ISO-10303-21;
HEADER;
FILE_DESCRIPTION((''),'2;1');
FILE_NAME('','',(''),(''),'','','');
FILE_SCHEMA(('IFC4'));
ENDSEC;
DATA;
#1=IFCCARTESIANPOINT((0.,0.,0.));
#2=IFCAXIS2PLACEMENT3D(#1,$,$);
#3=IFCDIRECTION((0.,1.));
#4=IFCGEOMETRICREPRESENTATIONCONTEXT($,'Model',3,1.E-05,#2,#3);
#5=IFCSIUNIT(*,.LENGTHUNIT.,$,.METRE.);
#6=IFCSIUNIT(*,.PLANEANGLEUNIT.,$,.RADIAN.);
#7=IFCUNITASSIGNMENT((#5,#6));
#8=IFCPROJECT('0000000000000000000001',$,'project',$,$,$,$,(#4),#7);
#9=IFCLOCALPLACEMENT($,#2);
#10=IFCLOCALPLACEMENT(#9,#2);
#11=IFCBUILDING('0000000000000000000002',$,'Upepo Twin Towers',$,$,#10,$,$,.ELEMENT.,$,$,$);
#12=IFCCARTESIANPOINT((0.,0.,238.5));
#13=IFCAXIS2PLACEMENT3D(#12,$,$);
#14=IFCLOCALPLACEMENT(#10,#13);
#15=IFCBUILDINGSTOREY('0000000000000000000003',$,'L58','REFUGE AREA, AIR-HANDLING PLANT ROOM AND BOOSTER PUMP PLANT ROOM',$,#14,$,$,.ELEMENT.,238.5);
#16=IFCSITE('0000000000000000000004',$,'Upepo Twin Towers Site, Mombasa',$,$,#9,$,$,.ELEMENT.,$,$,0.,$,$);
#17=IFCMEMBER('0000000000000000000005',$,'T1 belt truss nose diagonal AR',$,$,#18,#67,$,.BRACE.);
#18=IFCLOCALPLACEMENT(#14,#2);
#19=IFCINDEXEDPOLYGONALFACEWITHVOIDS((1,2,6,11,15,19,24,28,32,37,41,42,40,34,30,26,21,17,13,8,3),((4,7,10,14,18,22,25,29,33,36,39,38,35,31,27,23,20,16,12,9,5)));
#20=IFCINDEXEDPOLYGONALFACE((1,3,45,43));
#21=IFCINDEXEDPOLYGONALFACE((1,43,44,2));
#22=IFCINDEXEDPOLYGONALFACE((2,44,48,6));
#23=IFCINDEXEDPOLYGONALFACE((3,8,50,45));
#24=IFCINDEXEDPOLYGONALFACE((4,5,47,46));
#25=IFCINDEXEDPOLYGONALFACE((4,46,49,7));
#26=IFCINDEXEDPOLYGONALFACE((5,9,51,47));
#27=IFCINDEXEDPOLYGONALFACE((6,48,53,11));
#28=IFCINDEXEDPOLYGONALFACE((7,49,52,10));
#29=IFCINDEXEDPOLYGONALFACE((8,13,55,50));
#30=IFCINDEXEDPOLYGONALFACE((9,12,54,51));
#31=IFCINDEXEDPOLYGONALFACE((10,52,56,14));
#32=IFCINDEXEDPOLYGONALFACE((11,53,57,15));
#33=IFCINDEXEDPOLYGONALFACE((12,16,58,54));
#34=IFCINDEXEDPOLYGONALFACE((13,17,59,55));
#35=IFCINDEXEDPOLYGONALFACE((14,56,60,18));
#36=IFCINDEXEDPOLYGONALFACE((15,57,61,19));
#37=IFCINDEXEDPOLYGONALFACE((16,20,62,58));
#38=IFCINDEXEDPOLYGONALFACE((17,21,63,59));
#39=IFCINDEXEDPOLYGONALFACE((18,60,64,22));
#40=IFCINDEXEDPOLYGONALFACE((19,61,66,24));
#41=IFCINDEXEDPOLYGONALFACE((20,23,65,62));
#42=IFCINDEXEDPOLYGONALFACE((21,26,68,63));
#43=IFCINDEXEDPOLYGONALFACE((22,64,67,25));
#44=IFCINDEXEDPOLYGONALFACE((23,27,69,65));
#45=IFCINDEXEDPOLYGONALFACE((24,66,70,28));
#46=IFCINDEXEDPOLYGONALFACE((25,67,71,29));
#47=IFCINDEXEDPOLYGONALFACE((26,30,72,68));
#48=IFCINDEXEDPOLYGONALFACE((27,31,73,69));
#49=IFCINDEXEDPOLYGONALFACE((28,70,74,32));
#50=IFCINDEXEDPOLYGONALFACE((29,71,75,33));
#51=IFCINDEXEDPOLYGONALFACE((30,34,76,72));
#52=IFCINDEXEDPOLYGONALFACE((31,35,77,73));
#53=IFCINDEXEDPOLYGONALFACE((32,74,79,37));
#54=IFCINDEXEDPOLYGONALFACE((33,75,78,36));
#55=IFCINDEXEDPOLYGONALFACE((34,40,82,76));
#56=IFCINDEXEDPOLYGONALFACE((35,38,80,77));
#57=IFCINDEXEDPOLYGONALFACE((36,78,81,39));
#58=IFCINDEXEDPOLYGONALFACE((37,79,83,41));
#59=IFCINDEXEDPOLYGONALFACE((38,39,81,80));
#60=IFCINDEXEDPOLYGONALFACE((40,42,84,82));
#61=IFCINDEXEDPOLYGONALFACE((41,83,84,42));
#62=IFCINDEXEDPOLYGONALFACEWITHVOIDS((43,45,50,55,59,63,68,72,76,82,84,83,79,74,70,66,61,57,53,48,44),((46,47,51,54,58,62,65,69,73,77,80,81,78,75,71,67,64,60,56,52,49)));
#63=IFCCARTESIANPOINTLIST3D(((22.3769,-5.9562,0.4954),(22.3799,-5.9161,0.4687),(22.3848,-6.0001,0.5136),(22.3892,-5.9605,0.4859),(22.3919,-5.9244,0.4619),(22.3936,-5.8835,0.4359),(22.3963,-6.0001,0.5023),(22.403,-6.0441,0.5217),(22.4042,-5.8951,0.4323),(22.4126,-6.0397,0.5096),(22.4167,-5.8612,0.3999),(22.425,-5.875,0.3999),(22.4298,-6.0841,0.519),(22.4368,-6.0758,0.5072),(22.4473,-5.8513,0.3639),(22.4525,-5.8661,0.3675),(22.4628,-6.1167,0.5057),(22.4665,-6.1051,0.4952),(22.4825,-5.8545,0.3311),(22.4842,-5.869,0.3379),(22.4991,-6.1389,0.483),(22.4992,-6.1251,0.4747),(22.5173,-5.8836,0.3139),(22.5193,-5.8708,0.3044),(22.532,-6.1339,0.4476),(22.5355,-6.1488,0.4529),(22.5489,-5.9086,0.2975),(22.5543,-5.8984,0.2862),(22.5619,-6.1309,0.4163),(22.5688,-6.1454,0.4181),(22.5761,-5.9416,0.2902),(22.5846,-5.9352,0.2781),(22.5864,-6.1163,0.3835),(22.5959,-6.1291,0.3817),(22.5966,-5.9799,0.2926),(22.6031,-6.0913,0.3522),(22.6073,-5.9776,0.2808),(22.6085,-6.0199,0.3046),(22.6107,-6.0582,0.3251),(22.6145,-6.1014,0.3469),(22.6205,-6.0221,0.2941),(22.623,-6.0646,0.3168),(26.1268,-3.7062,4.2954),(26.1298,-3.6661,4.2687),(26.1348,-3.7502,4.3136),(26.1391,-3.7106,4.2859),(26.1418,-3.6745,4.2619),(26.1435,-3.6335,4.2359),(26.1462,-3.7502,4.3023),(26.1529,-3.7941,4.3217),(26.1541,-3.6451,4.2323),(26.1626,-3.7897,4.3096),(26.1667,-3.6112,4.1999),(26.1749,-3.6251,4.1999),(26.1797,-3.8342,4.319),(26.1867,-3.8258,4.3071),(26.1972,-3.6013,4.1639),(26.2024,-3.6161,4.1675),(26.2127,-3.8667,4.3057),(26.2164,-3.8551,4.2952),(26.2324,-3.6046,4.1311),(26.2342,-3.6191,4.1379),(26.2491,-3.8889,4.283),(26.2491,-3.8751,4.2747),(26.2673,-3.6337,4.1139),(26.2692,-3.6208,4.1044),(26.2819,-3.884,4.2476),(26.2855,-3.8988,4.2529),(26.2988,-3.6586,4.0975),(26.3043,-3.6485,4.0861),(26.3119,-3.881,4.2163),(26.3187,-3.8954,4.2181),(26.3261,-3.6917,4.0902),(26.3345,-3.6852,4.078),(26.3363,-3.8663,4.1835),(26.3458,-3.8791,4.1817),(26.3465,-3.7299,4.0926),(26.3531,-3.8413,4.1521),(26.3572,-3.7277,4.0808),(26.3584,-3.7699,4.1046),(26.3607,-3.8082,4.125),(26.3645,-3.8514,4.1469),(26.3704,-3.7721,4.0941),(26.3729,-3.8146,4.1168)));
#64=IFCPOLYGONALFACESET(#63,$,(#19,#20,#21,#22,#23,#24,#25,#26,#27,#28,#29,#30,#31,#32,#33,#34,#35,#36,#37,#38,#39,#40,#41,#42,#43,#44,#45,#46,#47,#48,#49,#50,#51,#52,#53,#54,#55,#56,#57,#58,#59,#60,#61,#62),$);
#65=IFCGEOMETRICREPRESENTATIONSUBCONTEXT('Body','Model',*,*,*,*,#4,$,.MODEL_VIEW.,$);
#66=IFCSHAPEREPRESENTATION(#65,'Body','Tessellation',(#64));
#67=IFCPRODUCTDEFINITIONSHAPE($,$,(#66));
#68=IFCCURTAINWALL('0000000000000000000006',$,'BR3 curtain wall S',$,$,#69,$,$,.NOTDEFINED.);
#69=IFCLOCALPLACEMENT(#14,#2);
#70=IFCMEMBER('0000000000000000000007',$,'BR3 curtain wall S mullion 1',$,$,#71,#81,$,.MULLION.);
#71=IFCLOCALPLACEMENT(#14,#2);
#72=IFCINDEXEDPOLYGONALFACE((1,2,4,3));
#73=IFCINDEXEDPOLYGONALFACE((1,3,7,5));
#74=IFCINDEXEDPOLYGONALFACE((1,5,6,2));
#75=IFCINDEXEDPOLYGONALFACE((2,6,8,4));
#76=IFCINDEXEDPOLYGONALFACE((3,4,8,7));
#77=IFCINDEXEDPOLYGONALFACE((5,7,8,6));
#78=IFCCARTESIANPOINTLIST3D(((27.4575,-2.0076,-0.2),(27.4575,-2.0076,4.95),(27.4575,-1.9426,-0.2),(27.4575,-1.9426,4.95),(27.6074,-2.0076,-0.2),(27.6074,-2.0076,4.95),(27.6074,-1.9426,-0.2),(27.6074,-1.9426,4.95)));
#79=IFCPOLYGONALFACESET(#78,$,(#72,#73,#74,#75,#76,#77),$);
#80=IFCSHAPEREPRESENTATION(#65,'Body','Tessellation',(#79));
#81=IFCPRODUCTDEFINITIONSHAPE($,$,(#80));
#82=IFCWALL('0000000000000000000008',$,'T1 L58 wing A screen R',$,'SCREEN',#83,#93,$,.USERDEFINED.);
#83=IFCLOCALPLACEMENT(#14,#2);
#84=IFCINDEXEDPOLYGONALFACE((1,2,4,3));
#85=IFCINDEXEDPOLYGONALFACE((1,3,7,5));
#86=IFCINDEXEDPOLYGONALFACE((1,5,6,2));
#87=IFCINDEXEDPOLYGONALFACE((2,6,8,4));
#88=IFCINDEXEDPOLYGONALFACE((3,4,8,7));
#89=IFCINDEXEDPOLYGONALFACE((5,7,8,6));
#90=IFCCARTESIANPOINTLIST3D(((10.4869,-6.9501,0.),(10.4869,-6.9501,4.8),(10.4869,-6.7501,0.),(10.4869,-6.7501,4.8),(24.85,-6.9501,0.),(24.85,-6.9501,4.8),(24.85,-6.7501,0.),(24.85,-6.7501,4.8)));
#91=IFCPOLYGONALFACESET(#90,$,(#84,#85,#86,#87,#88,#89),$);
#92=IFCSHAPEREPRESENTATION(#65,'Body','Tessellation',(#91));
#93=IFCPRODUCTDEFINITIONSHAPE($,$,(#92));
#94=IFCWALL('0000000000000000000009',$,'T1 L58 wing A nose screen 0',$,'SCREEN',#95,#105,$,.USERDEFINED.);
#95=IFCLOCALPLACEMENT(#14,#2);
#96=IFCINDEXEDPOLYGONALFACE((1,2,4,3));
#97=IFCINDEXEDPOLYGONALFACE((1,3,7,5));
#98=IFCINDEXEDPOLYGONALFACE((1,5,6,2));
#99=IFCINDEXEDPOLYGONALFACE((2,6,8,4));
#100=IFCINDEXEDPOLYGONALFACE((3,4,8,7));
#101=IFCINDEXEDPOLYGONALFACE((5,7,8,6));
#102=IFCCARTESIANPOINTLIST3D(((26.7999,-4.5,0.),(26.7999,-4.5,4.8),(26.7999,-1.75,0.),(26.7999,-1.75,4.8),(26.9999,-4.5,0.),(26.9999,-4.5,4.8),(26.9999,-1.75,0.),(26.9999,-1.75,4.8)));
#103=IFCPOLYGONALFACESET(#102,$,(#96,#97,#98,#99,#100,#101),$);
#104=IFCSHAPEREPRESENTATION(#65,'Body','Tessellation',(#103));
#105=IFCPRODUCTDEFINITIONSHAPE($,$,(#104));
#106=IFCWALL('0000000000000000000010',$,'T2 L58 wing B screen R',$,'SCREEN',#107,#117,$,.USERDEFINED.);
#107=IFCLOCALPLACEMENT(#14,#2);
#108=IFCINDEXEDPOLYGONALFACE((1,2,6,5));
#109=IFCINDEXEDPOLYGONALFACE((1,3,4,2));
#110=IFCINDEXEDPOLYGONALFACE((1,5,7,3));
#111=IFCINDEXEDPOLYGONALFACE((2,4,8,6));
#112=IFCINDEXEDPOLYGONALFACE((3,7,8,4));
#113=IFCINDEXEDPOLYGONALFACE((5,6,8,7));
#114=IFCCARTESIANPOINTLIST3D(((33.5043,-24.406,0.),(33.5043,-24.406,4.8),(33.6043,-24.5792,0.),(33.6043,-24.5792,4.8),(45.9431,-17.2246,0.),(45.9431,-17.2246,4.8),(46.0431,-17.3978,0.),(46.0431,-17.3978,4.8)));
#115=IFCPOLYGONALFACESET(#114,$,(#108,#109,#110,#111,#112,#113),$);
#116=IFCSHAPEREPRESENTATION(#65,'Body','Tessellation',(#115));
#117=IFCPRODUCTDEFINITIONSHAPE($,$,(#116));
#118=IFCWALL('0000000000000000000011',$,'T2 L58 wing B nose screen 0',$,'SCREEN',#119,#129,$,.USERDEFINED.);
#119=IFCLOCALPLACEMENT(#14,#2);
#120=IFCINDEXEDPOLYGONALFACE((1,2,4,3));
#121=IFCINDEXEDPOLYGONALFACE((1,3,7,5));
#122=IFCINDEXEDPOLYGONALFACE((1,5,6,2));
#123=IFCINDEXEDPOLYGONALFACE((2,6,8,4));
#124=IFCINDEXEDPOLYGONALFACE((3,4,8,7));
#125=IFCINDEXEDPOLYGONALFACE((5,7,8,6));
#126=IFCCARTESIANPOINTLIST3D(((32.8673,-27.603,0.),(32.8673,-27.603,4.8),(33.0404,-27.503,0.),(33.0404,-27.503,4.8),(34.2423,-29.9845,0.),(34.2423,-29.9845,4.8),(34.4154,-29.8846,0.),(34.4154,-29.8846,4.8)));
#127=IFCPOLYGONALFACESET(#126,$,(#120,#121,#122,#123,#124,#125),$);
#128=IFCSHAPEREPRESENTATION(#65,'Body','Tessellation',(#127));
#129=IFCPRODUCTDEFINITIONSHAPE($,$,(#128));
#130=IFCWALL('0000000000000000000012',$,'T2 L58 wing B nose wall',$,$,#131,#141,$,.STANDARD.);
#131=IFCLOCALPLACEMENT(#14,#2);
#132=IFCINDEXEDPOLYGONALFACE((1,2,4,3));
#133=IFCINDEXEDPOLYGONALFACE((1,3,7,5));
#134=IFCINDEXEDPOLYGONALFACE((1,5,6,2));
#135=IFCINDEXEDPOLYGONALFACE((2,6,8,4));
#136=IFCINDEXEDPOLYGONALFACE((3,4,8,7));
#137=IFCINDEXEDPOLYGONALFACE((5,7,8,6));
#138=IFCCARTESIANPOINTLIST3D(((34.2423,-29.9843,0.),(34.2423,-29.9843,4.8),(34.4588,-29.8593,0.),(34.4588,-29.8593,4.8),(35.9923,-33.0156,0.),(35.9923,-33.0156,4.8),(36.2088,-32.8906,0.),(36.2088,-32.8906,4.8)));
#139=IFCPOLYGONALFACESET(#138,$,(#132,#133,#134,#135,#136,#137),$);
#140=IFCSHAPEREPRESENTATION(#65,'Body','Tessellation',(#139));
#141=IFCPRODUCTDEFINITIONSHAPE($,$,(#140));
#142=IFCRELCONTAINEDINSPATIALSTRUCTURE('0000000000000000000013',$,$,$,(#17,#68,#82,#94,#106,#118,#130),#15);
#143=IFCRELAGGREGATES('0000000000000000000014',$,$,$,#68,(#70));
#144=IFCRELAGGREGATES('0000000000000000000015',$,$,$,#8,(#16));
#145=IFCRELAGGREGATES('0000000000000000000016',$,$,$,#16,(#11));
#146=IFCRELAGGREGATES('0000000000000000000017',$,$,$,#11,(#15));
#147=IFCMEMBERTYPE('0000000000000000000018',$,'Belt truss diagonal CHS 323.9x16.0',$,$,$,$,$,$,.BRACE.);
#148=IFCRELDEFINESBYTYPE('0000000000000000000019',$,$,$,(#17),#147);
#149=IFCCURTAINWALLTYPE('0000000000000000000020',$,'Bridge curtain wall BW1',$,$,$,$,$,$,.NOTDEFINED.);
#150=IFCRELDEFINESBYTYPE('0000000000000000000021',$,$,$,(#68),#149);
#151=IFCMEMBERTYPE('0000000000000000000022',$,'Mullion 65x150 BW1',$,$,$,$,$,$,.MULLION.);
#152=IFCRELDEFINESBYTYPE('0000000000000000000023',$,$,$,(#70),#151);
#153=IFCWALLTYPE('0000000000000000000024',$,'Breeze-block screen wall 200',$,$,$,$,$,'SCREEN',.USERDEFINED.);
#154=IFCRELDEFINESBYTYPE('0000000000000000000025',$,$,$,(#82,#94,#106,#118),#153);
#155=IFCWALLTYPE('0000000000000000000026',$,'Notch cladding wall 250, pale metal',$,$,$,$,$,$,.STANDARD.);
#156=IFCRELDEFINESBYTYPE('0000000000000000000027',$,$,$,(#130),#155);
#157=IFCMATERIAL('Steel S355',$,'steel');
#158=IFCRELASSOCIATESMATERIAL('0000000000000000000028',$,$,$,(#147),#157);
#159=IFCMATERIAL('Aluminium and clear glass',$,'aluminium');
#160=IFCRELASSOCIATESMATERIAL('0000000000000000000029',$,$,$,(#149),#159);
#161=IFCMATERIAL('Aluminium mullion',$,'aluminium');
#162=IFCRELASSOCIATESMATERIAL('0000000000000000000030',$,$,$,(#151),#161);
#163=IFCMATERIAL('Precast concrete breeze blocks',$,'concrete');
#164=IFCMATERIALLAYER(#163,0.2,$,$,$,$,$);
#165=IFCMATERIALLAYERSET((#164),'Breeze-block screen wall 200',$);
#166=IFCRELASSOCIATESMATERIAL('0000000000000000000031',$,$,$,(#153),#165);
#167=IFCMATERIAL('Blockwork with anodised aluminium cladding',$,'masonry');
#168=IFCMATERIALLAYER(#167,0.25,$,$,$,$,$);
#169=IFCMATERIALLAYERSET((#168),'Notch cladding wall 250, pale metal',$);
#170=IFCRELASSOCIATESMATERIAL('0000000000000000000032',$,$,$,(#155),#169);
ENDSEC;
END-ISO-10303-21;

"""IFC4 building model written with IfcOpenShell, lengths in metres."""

from ifc_helpers import new_model, si_unit, direction, frame, frame_2d, origin, origin_2d, place, context, subcontext, project, spatial, rectangle, hollow_circle, extrude, material, layer, layer_set, material_profile, profile_set, type_object, element, aggregate, save


model = new_model("IFC4")

# Units and contexts
model_context = context("Model", 3, precision=1e-05, world=origin(), true_north=direction((0.0, 1.0)))
body_context = subcontext(model_context, "Body", "Model", "MODEL_VIEW")
ifc_project = project(units=[si_unit("LENGTHUNIT", "METRE"), si_unit("PLANEANGLEUNIT", "RADIAN")], contexts=[model_context])

# Site, building, storey
site_placement = place(None, origin())
site = spatial("IfcSite", under=ifc_project, at=site_placement, Name="Upepo Twin Towers Site, Mombasa", CompositionType="ELEMENT", RefElevation=0.0)
building_placement = place(site_placement, origin())
building = spatial("IfcBuilding", under=site, at=building_placement, Name="Upepo Twin Towers", CompositionType="ELEMENT")
storey_placement = place(building_placement, frame((0.0, 0.0, 238.5)))
storey = spatial("IfcBuildingStorey", under=building, at=storey_placement, Name="L58", Description="REFUGE AREA, AIR-HANDLING PLANT ROOM AND BOOSTER PUMP PLANT ROOM", CompositionType="ELEMENT", Elevation=238.5)

# Member
ifc_material_1 = material(Name="Steel S355", Category="steel")
ifc_material_profile_1 = material_profile(ifc_material_1, hollow_circle(Radius=0.1619, WallThickness=0.0161, at=origin_2d()), Name="CHS 323.9x16.0")
ifc_profile_set_1 = profile_set([ifc_material_profile_1], Name="Steel S355")
member_type_1 = type_object("IfcMemberType", Name="Belt truss diagonal CHS 323.9x16.0", PredefinedType="BRACE", material=ifc_profile_set_1)
member_1_placement = place(storey_placement, frame((22.5, -6.0, 0.3999), z_axis=(0.64727, 0.388362, 0.655909), x_axis=(-0.514496, 0.857493, 0.0)))
element("IfcMember", 1, at=member_1_placement, inside=storey, type_object=member_type_1, Name="T1 belt truss nose diagonal AR", PredefinedType="BRACE", context=body_context, shape_type="SweptSolid", body=[
    extrude(hollow_circle(Radius=0.1619, WallThickness=0.0161, at=origin_2d()), origin(), (0.0, 0.0, 1.0), 5.7935),
])

# Curtain wall, member
ifc_material_2 = material(Name="Aluminium and clear glass", Category="aluminium")
curtain_wall_type = type_object("IfcCurtainWallType", Name="Bridge curtain wall BW1", PredefinedType="NOTDEFINED", material=ifc_material_2)
curtain_wall_placement = place(storey_placement, origin())
curtain_wall = element("IfcCurtainWall", 2, at=curtain_wall_placement, inside=storey, type_object=curtain_wall_type, Name="BR3 curtain wall S", PredefinedType="NOTDEFINED")
ifc_material_3 = material(Name="Aluminium mullion", Category="aluminium")
ifc_material_profile_2 = material_profile(ifc_material_3, rectangle(XDim=0.0649, YDim=0.1499, at=origin_2d()), Name="MULLION 65x150 BRIDGE")
ifc_profile_set_2 = profile_set([ifc_material_profile_2], Name="Aluminium mullion")
member_type_2 = type_object("IfcMemberType", Name="Mullion 65x150 BW1", PredefinedType="MULLION", material=ifc_profile_set_2)
member_2_placement = place(storey_placement, frame((27.5325, -1.9751, -0.2), z_axis=(0.0, 0.0, 1.0), x_axis=(0.0, 1.0, 0.0)))
member_2 = element("IfcMember", 3, at=member_2_placement, type_object=member_type_2, Name="BR3 curtain wall S mullion 1", PredefinedType="MULLION", context=body_context, shape_type="SweptSolid", body=[
    extrude(rectangle(XDim=0.0649, YDim=0.1499, at=origin_2d()), origin(), (0.0, 0.0, 1.0), 5.1499),
])
aggregate(curtain_wall, [member_2])

# Walls
ifc_material_4 = material(Name="Precast concrete breeze blocks", Category="concrete")
ifc_layer_1 = layer(ifc_material_4, 0.2)
ifc_layer_set_1 = layer_set([ifc_layer_1], Name="Breeze-block screen wall 200")
wall_type_1 = type_object("IfcWallType", Name="Breeze-block screen wall 200", ElementType="SCREEN", PredefinedType="USERDEFINED", material=ifc_layer_set_1)
wall_1_placement = place(storey_placement, frame((24.8501, -6.8501, 0.0), z_axis=(0.0, 0.0, 1.0), x_axis=(-1.0, 0.0, 0.0)))
element("IfcWall", 4, at=wall_1_placement, inside=storey, type_object=wall_type_1, Name="T1 L58 wing A screen R", ObjectType="SCREEN", PredefinedType="USERDEFINED", context=body_context, shape_type="SweptSolid", body=[
    extrude(rectangle(XDim=14.363, YDim=0.2, at=frame_2d((7.1816, 0.0))), origin(), (0.0, 0.0, 1.0), 4.8),
])
wall_2_placement = place(storey_placement, frame((26.8999, -4.5, 0.0), z_axis=(0.0, 0.0, 1.0), x_axis=(0.0, 1.0, 0.0)))
element("IfcWall", 5, at=wall_2_placement, inside=storey, type_object=wall_type_1, Name="T1 L58 wing A nose screen 0", ObjectType="SCREEN", PredefinedType="USERDEFINED", context=body_context, shape_type="SweptSolid", body=[
    extrude(rectangle(XDim=2.75, YDim=0.2, at=frame_2d((1.375, 0.0))), origin(), (0.0, 0.0, 1.0), 4.8),
])
wall_3_placement = place(storey_placement, frame((33.5542, -24.4927, 0.0), z_axis=(0.0, 0.0, 1.0), x_axis=(0.866028, 0.499995, 0.0)))
element("IfcWall", 6, at=wall_3_placement, inside=storey, type_object=wall_type_1, Name="T2 L58 wing B screen R", ObjectType="SCREEN", PredefinedType="USERDEFINED", context=body_context, shape_type="SweptSolid", body=[
    extrude(rectangle(XDim=14.363, YDim=0.2, at=frame_2d((7.1816, 0.0))), origin(), (0.0, 0.0, 1.0), 4.8),
])
wall_4_placement = place(storey_placement, frame((32.9539, -27.553, 0.0), z_axis=(0.0, 0.0, 1.0), x_axis=(0.499997, -0.866027, 0.0)))
element("IfcWall", 7, at=wall_4_placement, inside=storey, type_object=wall_type_1, Name="T2 L58 wing B nose screen 0", ObjectType="SCREEN", PredefinedType="USERDEFINED", context=body_context, shape_type="SweptSolid", body=[
    extrude(rectangle(XDim=2.75, YDim=0.2, at=frame_2d((1.375, 0.0))), origin(), (0.0, 0.0, 1.0), 4.8),
])
ifc_material_5 = material(Name="Blockwork with anodised aluminium cladding", Category="masonry")
ifc_layer_2 = layer(ifc_material_5, 0.25)
ifc_layer_set_2 = layer_set([ifc_layer_2], Name="Notch cladding wall 250, pale metal")
wall_type_2 = type_object("IfcWallType", Name="Notch cladding wall 250, pale metal", PredefinedType="STANDARD", material=ifc_layer_set_2)
wall_5_placement = place(storey_placement, frame((34.3506, -29.9219, 0.0), z_axis=(0.0, 0.0, 1.0), x_axis=(0.49998, -0.866037, 0.0)))
element("IfcWall", 8, at=wall_5_placement, inside=storey, type_object=wall_type_2, Name="T2 L58 wing B nose wall", PredefinedType="STANDARD", context=body_context, shape_type="SweptSolid", body=[
    extrude(rectangle(XDim=3.5002, YDim=0.25, at=frame_2d((1.75, 0.0))), origin(), (0.0, 0.0, 1.0), 4.8),
])

save(model, "model.ifc")
